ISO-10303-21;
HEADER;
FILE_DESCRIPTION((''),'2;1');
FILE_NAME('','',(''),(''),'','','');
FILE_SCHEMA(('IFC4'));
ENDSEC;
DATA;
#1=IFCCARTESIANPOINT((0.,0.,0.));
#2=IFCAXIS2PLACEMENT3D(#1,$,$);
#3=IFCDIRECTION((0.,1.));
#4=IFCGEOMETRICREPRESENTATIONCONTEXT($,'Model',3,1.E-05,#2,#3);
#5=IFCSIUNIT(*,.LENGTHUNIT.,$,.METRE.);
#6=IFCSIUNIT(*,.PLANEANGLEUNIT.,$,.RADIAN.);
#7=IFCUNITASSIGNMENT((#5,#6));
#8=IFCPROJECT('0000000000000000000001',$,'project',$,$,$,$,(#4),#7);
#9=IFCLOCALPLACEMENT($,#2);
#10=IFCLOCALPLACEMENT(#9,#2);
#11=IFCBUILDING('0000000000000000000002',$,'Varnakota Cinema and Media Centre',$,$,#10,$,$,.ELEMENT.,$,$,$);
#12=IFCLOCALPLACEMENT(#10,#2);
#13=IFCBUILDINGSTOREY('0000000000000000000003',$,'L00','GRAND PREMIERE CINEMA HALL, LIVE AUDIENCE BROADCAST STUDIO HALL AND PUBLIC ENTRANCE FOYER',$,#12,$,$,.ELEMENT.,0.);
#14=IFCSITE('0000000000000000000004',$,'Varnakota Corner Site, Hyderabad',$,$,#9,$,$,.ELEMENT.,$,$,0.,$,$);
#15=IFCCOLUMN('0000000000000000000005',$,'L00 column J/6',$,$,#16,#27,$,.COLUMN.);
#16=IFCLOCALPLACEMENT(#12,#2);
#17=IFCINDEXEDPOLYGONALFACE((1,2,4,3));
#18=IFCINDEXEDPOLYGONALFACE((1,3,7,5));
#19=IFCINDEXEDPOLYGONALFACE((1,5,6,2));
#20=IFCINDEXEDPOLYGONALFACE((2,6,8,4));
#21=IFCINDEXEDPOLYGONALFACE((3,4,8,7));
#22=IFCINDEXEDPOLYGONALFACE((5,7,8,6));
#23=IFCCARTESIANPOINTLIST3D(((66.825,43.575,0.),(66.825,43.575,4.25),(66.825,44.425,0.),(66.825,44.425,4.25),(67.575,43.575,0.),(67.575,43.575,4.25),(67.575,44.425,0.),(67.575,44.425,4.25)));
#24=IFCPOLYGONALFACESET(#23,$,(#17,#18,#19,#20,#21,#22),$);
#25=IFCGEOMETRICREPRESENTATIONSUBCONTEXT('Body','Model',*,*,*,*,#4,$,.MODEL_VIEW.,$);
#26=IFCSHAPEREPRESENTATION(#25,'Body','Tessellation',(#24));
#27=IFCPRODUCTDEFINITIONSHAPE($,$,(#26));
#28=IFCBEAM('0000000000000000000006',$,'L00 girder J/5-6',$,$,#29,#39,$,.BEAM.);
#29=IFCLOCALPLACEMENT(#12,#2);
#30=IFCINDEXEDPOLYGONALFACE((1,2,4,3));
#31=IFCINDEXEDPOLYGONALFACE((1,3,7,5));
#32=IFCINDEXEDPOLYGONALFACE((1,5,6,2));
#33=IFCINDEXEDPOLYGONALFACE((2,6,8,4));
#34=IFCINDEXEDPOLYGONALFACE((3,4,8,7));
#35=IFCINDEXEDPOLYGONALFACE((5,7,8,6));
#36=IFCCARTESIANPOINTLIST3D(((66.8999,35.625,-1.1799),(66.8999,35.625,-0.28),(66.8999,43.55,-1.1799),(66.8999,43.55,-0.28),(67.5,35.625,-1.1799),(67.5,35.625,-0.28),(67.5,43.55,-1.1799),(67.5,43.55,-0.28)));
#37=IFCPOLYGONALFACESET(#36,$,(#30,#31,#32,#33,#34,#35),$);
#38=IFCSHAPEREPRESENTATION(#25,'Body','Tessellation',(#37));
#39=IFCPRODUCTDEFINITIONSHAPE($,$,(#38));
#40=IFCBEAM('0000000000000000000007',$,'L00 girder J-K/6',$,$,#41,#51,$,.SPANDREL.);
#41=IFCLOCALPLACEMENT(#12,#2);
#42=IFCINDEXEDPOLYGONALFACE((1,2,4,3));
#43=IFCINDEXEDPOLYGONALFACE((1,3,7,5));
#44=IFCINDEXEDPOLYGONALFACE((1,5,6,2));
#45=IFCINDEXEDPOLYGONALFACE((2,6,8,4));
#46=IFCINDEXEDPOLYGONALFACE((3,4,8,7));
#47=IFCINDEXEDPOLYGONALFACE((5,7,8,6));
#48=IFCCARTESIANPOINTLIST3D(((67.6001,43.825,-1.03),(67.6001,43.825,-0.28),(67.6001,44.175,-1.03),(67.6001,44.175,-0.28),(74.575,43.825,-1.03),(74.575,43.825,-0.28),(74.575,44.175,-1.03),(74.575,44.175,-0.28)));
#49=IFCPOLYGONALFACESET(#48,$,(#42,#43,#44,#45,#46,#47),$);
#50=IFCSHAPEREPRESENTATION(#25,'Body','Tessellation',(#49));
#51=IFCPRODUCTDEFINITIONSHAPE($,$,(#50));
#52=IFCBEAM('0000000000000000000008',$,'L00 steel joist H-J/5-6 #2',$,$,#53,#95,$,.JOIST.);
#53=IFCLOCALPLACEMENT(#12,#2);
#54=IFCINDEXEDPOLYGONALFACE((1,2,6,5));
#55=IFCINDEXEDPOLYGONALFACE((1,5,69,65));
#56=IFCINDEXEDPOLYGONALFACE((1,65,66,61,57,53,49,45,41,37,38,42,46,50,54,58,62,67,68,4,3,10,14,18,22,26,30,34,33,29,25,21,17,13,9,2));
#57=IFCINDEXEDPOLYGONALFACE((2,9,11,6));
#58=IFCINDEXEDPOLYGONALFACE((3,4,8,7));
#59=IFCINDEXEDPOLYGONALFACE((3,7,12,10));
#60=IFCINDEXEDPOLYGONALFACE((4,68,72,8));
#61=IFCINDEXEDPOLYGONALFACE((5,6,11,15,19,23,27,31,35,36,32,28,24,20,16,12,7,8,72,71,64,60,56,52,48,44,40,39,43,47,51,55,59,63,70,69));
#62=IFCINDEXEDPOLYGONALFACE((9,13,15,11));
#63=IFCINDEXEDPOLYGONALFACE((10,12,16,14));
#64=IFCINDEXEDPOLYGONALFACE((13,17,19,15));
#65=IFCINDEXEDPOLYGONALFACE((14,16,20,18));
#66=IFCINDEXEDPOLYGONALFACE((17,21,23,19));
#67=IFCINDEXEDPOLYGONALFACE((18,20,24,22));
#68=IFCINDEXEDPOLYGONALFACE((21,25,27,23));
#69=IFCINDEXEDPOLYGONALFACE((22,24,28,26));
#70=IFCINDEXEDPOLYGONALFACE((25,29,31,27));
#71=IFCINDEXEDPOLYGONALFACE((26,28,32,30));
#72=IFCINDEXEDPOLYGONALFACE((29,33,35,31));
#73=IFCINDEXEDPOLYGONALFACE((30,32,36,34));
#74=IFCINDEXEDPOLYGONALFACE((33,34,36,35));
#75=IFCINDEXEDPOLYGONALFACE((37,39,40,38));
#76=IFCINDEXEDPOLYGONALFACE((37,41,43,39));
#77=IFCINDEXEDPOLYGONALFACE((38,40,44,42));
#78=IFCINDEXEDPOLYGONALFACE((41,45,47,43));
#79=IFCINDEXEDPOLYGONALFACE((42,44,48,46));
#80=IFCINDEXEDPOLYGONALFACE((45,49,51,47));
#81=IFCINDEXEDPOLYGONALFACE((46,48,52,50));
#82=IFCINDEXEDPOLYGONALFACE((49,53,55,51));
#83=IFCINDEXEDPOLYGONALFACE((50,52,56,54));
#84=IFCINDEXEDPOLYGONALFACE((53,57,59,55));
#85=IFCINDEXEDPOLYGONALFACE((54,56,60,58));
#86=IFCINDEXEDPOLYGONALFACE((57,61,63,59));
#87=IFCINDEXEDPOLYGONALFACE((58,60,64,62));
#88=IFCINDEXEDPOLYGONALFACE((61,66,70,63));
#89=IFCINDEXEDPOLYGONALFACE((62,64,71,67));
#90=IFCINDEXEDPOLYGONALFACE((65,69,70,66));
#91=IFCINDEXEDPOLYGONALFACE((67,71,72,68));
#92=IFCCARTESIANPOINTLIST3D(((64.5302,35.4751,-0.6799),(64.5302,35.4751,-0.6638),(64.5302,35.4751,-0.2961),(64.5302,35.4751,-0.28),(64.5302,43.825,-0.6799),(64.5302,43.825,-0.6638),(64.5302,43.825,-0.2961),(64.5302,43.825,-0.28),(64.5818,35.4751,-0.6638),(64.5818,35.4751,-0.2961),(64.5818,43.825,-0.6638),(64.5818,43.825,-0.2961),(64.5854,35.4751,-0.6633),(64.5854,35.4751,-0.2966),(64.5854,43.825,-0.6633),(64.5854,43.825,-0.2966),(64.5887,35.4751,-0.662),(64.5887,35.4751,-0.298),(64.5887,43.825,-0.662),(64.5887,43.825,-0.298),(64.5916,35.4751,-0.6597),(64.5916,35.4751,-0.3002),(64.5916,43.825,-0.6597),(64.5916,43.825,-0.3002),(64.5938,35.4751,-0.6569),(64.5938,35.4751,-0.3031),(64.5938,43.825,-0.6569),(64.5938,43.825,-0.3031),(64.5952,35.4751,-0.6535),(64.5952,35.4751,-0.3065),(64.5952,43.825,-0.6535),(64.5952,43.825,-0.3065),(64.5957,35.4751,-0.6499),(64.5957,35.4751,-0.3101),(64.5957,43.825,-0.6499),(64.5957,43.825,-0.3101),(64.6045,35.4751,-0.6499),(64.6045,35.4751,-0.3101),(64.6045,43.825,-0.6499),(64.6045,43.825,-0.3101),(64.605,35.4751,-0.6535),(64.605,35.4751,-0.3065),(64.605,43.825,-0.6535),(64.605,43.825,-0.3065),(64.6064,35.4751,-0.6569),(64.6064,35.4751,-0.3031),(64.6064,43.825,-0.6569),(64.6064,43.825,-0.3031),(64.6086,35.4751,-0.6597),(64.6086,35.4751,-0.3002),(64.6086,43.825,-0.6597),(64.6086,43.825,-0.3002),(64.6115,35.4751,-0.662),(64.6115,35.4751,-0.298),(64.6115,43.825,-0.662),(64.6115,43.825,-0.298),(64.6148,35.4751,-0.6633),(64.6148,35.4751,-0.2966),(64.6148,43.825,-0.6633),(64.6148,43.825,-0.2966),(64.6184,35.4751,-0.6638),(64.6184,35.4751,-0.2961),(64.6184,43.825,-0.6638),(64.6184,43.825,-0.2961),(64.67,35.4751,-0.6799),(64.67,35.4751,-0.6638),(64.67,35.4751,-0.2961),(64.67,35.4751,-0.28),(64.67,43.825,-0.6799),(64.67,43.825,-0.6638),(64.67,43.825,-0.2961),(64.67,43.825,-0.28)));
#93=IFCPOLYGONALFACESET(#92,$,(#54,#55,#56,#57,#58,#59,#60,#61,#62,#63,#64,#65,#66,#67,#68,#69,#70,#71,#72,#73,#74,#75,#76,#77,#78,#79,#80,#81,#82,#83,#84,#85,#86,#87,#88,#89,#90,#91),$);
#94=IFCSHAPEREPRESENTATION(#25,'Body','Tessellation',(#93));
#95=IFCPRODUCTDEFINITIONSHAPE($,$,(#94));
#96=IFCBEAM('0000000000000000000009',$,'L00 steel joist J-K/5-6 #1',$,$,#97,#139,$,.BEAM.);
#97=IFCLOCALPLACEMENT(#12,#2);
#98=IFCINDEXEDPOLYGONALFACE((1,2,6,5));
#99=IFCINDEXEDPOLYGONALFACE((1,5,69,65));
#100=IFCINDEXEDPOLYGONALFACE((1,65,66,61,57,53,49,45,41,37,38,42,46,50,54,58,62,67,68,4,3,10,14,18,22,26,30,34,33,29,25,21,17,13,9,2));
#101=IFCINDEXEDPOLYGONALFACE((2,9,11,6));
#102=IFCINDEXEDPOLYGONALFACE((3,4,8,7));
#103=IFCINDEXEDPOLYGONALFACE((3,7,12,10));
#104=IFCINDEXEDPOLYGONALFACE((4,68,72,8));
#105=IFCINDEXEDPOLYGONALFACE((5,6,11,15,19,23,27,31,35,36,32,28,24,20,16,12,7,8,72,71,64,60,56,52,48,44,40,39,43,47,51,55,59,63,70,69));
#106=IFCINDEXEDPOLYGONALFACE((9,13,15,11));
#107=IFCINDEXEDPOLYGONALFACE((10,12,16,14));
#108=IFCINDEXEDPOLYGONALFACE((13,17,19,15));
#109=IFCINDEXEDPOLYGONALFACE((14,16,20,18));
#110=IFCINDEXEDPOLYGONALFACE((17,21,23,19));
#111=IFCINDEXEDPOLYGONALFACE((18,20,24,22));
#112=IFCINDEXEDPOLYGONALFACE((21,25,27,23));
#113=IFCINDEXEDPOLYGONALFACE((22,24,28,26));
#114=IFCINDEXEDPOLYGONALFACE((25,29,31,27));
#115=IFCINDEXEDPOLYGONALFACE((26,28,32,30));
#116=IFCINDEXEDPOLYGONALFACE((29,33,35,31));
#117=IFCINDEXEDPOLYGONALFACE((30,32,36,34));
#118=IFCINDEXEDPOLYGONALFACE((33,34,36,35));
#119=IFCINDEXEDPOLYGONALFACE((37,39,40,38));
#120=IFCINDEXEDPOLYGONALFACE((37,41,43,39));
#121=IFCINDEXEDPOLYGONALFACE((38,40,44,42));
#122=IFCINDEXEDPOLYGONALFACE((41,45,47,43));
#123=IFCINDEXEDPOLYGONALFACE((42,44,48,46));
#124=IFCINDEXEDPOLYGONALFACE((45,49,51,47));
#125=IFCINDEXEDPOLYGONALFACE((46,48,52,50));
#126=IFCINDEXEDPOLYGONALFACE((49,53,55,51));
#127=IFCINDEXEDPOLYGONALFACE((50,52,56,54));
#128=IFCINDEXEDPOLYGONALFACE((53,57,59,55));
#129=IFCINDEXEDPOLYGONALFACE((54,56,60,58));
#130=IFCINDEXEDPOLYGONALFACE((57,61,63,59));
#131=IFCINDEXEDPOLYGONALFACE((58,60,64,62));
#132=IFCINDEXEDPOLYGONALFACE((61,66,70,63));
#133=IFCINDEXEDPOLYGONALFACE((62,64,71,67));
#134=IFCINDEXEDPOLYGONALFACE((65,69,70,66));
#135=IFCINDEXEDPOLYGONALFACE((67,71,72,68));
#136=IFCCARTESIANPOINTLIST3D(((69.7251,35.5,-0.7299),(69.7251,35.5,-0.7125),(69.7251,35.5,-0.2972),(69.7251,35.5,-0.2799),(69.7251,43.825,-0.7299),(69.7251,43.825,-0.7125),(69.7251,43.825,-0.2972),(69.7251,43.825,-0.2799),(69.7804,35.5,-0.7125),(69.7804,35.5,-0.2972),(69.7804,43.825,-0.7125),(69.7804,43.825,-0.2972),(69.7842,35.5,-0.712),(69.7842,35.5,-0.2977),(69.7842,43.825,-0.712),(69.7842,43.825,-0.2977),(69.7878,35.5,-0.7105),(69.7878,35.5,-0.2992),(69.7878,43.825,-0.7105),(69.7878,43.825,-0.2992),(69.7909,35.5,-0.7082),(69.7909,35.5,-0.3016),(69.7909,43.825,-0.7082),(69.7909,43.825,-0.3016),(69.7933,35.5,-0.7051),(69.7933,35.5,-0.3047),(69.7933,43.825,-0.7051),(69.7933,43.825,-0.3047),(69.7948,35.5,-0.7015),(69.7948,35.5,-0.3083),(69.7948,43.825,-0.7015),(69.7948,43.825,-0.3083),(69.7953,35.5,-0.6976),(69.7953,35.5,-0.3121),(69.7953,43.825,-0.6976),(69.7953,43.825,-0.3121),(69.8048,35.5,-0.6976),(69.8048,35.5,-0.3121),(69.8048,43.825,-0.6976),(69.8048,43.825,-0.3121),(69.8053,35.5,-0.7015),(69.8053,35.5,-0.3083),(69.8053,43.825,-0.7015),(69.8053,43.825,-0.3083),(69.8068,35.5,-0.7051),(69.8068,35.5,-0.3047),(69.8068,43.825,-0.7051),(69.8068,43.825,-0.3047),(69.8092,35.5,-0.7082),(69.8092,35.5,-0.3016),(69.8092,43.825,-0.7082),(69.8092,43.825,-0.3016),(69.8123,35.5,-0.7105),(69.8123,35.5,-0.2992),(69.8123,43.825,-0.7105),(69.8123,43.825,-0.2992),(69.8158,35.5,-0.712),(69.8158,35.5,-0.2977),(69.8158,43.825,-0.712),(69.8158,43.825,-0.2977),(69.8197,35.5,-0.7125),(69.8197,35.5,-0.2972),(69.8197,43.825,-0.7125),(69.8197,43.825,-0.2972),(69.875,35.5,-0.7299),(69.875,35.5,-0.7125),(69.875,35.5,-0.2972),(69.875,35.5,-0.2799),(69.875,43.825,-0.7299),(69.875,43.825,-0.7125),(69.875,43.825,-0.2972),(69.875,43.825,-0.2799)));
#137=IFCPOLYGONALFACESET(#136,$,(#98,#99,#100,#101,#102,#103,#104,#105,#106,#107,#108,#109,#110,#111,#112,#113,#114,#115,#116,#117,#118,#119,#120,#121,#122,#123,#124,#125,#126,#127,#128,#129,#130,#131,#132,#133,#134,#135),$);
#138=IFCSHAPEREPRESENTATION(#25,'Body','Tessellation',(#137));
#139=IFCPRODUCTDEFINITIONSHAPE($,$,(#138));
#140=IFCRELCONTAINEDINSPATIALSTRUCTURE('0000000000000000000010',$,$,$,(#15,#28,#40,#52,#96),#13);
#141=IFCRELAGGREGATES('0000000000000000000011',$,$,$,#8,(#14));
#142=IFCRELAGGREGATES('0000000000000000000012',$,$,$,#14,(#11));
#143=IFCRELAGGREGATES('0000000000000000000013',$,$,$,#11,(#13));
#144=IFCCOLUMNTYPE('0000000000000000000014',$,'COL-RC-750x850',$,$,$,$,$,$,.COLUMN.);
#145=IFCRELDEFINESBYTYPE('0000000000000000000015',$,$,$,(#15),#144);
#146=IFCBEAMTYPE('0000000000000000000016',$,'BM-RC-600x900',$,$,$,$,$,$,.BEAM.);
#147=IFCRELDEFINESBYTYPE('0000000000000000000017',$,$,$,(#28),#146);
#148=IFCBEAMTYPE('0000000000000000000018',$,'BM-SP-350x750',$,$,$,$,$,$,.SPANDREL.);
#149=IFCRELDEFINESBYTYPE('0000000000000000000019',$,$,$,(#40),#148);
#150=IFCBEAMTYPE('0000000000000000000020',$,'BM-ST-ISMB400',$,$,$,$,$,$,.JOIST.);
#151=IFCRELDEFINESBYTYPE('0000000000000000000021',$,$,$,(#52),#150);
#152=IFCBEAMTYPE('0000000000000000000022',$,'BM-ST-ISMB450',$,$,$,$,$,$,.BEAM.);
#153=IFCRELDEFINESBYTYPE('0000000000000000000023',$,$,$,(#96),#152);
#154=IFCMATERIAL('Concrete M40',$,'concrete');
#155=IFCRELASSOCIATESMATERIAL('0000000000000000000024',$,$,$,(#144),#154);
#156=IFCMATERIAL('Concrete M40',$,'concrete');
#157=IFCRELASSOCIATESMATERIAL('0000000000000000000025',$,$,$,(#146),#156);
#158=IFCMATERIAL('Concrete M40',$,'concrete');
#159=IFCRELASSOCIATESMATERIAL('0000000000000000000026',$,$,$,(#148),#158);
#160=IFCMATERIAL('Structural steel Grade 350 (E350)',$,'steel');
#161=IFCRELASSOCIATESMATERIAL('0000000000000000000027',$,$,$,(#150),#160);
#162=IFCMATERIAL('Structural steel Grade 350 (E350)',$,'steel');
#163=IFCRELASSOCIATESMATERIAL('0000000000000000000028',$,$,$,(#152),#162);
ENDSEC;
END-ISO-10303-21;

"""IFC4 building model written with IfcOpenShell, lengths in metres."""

from ifc_helpers import new_model, si_unit, direction, frame, origin, origin_2d, place, context, subcontext, project, spatial, rectangle, i_section, extrude, material, material_profile, profile_set, type_object, element, save


model = new_model("IFC4")

# Units and contexts
model_context = context("Model", 3, precision=1e-05, world=origin(), true_north=direction((0.0, 1.0)))
body_context = subcontext(model_context, "Body", "Model", "MODEL_VIEW")
ifc_project = project(units=[si_unit("LENGTHUNIT", "METRE"), si_unit("PLANEANGLEUNIT", "RADIAN")], contexts=[model_context])

# Site, building, storey
site_placement = place(None, origin())
site = spatial("IfcSite", under=ifc_project, at=site_placement, Name="Varnakota Corner Site, Hyderabad", CompositionType="ELEMENT", RefElevation=0.0)
building_placement = place(site_placement, origin())
building = spatial("IfcBuilding", under=site, at=building_placement, Name="Varnakota Cinema and Media Centre", CompositionType="ELEMENT")
storey_placement = place(building_placement, origin())
storey = spatial("IfcBuildingStorey", under=building, at=storey_placement, Name="L00", Description="GRAND PREMIERE CINEMA HALL, LIVE AUDIENCE BROADCAST STUDIO HALL AND PUBLIC ENTRANCE FOYER", CompositionType="ELEMENT", Elevation=0.0)

# Column
ifc_material_1 = material(Name="Concrete M40", Category="concrete")
ifc_material_profile_1 = material_profile(ifc_material_1, rectangle(XDim=0.75, YDim=0.8501, at=origin_2d()), Name="RC 750x850")
ifc_profile_set_1 = profile_set([ifc_material_profile_1], Name="Concrete M40")
column_type = type_object("IfcColumnType", Name="COL-RC-750x850", PredefinedType="COLUMN", material=ifc_profile_set_1)
column_placement = place(storey_placement, frame((67.2, 44.0, 0.0), z_axis=(0.0, 0.0, 1.0), x_axis=(1.0, 0.0, 0.0)))
element("IfcColumn", 1, at=column_placement, inside=storey, type_object=column_type, Name="L00 column J/6", PredefinedType="COLUMN", context=body_context, shape_type="SweptSolid", body=[
    extrude(rectangle(XDim=0.75, YDim=0.8501, at=origin_2d()), origin(), (0.0, 0.0, 1.0), 4.25),
])

# Beams
ifc_material_2 = material(Name="Concrete M40", Category="concrete")
ifc_material_profile_2 = material_profile(ifc_material_2, rectangle(XDim=0.6001, YDim=0.8999, at=origin_2d()), Name="RCB 600x900")
ifc_profile_set_2 = profile_set([ifc_material_profile_2], Name="Concrete M40")
beam_type_1 = type_object("IfcBeamType", Name="BM-RC-600x900", PredefinedType="BEAM", material=ifc_profile_set_2)
beam_1_placement = place(storey_placement, frame((67.2, 35.625, -0.73), z_axis=(0.0, 1.0, 0.0), x_axis=(-1.0, 0.0, 0.0)))
element("IfcBeam", 2, at=beam_1_placement, inside=storey, type_object=beam_type_1, Name="L00 girder J/5-6", PredefinedType="BEAM", context=body_context, shape_type="SweptSolid", body=[
    extrude(rectangle(XDim=0.6001, YDim=0.8999, at=origin_2d()), origin(), (0.0, 0.0, 1.0), 7.925),
])
ifc_material_3 = material(Name="Concrete M40", Category="concrete")
ifc_material_profile_3 = material_profile(ifc_material_3, rectangle(XDim=0.3501, YDim=0.75, at=origin_2d()), Name="RCB 350x750")
ifc_profile_set_3 = profile_set([ifc_material_profile_3], Name="Concrete M40")
beam_type_2 = type_object("IfcBeamType", Name="BM-SP-350x750", PredefinedType="SPANDREL", material=ifc_profile_set_3)
beam_2_placement = place(storey_placement, frame((67.6001, 44.0, -0.655), z_axis=(1.0, 0.0, 0.0), x_axis=(0.0, 1.0, 0.0)))
element("IfcBeam", 3, at=beam_2_placement, inside=storey, type_object=beam_type_2, Name="L00 girder J-K/6", PredefinedType="SPANDREL", context=body_context, shape_type="SweptSolid", body=[
    extrude(rectangle(XDim=0.3501, YDim=0.75, at=origin_2d()), origin(), (0.0, 0.0, 1.0), 6.9749),
])
ifc_material_4 = material(Name="Structural steel Grade 350 (E350)", Category="steel")
ifc_material_profile_4 = material_profile(ifc_material_4, i_section(OverallWidth=0.1399, OverallDepth=0.3999, WebThickness=0.0088, FlangeThickness=0.0161, FilletRadius=0.0139, at=origin_2d()), Name="ISMB 400")
ifc_profile_set_4 = profile_set([ifc_material_profile_4], Name="Structural steel Grade 350 (E350)")
beam_type_3 = type_object("IfcBeamType", Name="BM-ST-ISMB400", PredefinedType="JOIST", material=ifc_profile_set_4)
beam_3_placement = place(storey_placement, frame((64.6001, 35.4751, -0.48), z_axis=(0.0, 1.0, 0.0), x_axis=(-1.0, 0.0, 0.0)))
element("IfcBeam", 4, at=beam_3_placement, inside=storey, type_object=beam_type_3, Name="L00 steel joist H-J/5-6 #2", PredefinedType="JOIST", context=body_context, shape_type="SweptSolid", body=[
    extrude(i_section(OverallWidth=0.1399, OverallDepth=0.3999, WebThickness=0.0088, FlangeThickness=0.0161, FilletRadius=0.0139, at=origin_2d()), origin(), (0.0, 0.0, 1.0), 8.3499),
])
ifc_material_5 = material(Name="Structural steel Grade 350 (E350)", Category="steel")
ifc_material_profile_5 = material_profile(ifc_material_5, i_section(OverallWidth=0.1499, OverallDepth=0.45, WebThickness=0.0095, FlangeThickness=0.0173, FilletRadius=0.0149, at=origin_2d()), Name="ISMB 450")
ifc_profile_set_5 = profile_set([ifc_material_profile_5], Name="Structural steel Grade 350 (E350)")
beam_type_4 = type_object("IfcBeamType", Name="BM-ST-ISMB450", PredefinedType="BEAM", material=ifc_profile_set_5)
beam_4_placement = place(storey_placement, frame((69.8, 35.5, -0.5049), z_axis=(0.0, 1.0, 0.0), x_axis=(-1.0, 0.0, 0.0)))
element("IfcBeam", 5, at=beam_4_placement, inside=storey, type_object=beam_type_4, Name="L00 steel joist J-K/5-6 #1", PredefinedType="BEAM", context=body_context, shape_type="SweptSolid", body=[
    extrude(i_section(OverallWidth=0.1499, OverallDepth=0.45, WebThickness=0.0095, FlangeThickness=0.0173, FilletRadius=0.0149, at=origin_2d()), origin(), (0.0, 0.0, 1.0), 8.325),
])

save(model, "model.ifc")
